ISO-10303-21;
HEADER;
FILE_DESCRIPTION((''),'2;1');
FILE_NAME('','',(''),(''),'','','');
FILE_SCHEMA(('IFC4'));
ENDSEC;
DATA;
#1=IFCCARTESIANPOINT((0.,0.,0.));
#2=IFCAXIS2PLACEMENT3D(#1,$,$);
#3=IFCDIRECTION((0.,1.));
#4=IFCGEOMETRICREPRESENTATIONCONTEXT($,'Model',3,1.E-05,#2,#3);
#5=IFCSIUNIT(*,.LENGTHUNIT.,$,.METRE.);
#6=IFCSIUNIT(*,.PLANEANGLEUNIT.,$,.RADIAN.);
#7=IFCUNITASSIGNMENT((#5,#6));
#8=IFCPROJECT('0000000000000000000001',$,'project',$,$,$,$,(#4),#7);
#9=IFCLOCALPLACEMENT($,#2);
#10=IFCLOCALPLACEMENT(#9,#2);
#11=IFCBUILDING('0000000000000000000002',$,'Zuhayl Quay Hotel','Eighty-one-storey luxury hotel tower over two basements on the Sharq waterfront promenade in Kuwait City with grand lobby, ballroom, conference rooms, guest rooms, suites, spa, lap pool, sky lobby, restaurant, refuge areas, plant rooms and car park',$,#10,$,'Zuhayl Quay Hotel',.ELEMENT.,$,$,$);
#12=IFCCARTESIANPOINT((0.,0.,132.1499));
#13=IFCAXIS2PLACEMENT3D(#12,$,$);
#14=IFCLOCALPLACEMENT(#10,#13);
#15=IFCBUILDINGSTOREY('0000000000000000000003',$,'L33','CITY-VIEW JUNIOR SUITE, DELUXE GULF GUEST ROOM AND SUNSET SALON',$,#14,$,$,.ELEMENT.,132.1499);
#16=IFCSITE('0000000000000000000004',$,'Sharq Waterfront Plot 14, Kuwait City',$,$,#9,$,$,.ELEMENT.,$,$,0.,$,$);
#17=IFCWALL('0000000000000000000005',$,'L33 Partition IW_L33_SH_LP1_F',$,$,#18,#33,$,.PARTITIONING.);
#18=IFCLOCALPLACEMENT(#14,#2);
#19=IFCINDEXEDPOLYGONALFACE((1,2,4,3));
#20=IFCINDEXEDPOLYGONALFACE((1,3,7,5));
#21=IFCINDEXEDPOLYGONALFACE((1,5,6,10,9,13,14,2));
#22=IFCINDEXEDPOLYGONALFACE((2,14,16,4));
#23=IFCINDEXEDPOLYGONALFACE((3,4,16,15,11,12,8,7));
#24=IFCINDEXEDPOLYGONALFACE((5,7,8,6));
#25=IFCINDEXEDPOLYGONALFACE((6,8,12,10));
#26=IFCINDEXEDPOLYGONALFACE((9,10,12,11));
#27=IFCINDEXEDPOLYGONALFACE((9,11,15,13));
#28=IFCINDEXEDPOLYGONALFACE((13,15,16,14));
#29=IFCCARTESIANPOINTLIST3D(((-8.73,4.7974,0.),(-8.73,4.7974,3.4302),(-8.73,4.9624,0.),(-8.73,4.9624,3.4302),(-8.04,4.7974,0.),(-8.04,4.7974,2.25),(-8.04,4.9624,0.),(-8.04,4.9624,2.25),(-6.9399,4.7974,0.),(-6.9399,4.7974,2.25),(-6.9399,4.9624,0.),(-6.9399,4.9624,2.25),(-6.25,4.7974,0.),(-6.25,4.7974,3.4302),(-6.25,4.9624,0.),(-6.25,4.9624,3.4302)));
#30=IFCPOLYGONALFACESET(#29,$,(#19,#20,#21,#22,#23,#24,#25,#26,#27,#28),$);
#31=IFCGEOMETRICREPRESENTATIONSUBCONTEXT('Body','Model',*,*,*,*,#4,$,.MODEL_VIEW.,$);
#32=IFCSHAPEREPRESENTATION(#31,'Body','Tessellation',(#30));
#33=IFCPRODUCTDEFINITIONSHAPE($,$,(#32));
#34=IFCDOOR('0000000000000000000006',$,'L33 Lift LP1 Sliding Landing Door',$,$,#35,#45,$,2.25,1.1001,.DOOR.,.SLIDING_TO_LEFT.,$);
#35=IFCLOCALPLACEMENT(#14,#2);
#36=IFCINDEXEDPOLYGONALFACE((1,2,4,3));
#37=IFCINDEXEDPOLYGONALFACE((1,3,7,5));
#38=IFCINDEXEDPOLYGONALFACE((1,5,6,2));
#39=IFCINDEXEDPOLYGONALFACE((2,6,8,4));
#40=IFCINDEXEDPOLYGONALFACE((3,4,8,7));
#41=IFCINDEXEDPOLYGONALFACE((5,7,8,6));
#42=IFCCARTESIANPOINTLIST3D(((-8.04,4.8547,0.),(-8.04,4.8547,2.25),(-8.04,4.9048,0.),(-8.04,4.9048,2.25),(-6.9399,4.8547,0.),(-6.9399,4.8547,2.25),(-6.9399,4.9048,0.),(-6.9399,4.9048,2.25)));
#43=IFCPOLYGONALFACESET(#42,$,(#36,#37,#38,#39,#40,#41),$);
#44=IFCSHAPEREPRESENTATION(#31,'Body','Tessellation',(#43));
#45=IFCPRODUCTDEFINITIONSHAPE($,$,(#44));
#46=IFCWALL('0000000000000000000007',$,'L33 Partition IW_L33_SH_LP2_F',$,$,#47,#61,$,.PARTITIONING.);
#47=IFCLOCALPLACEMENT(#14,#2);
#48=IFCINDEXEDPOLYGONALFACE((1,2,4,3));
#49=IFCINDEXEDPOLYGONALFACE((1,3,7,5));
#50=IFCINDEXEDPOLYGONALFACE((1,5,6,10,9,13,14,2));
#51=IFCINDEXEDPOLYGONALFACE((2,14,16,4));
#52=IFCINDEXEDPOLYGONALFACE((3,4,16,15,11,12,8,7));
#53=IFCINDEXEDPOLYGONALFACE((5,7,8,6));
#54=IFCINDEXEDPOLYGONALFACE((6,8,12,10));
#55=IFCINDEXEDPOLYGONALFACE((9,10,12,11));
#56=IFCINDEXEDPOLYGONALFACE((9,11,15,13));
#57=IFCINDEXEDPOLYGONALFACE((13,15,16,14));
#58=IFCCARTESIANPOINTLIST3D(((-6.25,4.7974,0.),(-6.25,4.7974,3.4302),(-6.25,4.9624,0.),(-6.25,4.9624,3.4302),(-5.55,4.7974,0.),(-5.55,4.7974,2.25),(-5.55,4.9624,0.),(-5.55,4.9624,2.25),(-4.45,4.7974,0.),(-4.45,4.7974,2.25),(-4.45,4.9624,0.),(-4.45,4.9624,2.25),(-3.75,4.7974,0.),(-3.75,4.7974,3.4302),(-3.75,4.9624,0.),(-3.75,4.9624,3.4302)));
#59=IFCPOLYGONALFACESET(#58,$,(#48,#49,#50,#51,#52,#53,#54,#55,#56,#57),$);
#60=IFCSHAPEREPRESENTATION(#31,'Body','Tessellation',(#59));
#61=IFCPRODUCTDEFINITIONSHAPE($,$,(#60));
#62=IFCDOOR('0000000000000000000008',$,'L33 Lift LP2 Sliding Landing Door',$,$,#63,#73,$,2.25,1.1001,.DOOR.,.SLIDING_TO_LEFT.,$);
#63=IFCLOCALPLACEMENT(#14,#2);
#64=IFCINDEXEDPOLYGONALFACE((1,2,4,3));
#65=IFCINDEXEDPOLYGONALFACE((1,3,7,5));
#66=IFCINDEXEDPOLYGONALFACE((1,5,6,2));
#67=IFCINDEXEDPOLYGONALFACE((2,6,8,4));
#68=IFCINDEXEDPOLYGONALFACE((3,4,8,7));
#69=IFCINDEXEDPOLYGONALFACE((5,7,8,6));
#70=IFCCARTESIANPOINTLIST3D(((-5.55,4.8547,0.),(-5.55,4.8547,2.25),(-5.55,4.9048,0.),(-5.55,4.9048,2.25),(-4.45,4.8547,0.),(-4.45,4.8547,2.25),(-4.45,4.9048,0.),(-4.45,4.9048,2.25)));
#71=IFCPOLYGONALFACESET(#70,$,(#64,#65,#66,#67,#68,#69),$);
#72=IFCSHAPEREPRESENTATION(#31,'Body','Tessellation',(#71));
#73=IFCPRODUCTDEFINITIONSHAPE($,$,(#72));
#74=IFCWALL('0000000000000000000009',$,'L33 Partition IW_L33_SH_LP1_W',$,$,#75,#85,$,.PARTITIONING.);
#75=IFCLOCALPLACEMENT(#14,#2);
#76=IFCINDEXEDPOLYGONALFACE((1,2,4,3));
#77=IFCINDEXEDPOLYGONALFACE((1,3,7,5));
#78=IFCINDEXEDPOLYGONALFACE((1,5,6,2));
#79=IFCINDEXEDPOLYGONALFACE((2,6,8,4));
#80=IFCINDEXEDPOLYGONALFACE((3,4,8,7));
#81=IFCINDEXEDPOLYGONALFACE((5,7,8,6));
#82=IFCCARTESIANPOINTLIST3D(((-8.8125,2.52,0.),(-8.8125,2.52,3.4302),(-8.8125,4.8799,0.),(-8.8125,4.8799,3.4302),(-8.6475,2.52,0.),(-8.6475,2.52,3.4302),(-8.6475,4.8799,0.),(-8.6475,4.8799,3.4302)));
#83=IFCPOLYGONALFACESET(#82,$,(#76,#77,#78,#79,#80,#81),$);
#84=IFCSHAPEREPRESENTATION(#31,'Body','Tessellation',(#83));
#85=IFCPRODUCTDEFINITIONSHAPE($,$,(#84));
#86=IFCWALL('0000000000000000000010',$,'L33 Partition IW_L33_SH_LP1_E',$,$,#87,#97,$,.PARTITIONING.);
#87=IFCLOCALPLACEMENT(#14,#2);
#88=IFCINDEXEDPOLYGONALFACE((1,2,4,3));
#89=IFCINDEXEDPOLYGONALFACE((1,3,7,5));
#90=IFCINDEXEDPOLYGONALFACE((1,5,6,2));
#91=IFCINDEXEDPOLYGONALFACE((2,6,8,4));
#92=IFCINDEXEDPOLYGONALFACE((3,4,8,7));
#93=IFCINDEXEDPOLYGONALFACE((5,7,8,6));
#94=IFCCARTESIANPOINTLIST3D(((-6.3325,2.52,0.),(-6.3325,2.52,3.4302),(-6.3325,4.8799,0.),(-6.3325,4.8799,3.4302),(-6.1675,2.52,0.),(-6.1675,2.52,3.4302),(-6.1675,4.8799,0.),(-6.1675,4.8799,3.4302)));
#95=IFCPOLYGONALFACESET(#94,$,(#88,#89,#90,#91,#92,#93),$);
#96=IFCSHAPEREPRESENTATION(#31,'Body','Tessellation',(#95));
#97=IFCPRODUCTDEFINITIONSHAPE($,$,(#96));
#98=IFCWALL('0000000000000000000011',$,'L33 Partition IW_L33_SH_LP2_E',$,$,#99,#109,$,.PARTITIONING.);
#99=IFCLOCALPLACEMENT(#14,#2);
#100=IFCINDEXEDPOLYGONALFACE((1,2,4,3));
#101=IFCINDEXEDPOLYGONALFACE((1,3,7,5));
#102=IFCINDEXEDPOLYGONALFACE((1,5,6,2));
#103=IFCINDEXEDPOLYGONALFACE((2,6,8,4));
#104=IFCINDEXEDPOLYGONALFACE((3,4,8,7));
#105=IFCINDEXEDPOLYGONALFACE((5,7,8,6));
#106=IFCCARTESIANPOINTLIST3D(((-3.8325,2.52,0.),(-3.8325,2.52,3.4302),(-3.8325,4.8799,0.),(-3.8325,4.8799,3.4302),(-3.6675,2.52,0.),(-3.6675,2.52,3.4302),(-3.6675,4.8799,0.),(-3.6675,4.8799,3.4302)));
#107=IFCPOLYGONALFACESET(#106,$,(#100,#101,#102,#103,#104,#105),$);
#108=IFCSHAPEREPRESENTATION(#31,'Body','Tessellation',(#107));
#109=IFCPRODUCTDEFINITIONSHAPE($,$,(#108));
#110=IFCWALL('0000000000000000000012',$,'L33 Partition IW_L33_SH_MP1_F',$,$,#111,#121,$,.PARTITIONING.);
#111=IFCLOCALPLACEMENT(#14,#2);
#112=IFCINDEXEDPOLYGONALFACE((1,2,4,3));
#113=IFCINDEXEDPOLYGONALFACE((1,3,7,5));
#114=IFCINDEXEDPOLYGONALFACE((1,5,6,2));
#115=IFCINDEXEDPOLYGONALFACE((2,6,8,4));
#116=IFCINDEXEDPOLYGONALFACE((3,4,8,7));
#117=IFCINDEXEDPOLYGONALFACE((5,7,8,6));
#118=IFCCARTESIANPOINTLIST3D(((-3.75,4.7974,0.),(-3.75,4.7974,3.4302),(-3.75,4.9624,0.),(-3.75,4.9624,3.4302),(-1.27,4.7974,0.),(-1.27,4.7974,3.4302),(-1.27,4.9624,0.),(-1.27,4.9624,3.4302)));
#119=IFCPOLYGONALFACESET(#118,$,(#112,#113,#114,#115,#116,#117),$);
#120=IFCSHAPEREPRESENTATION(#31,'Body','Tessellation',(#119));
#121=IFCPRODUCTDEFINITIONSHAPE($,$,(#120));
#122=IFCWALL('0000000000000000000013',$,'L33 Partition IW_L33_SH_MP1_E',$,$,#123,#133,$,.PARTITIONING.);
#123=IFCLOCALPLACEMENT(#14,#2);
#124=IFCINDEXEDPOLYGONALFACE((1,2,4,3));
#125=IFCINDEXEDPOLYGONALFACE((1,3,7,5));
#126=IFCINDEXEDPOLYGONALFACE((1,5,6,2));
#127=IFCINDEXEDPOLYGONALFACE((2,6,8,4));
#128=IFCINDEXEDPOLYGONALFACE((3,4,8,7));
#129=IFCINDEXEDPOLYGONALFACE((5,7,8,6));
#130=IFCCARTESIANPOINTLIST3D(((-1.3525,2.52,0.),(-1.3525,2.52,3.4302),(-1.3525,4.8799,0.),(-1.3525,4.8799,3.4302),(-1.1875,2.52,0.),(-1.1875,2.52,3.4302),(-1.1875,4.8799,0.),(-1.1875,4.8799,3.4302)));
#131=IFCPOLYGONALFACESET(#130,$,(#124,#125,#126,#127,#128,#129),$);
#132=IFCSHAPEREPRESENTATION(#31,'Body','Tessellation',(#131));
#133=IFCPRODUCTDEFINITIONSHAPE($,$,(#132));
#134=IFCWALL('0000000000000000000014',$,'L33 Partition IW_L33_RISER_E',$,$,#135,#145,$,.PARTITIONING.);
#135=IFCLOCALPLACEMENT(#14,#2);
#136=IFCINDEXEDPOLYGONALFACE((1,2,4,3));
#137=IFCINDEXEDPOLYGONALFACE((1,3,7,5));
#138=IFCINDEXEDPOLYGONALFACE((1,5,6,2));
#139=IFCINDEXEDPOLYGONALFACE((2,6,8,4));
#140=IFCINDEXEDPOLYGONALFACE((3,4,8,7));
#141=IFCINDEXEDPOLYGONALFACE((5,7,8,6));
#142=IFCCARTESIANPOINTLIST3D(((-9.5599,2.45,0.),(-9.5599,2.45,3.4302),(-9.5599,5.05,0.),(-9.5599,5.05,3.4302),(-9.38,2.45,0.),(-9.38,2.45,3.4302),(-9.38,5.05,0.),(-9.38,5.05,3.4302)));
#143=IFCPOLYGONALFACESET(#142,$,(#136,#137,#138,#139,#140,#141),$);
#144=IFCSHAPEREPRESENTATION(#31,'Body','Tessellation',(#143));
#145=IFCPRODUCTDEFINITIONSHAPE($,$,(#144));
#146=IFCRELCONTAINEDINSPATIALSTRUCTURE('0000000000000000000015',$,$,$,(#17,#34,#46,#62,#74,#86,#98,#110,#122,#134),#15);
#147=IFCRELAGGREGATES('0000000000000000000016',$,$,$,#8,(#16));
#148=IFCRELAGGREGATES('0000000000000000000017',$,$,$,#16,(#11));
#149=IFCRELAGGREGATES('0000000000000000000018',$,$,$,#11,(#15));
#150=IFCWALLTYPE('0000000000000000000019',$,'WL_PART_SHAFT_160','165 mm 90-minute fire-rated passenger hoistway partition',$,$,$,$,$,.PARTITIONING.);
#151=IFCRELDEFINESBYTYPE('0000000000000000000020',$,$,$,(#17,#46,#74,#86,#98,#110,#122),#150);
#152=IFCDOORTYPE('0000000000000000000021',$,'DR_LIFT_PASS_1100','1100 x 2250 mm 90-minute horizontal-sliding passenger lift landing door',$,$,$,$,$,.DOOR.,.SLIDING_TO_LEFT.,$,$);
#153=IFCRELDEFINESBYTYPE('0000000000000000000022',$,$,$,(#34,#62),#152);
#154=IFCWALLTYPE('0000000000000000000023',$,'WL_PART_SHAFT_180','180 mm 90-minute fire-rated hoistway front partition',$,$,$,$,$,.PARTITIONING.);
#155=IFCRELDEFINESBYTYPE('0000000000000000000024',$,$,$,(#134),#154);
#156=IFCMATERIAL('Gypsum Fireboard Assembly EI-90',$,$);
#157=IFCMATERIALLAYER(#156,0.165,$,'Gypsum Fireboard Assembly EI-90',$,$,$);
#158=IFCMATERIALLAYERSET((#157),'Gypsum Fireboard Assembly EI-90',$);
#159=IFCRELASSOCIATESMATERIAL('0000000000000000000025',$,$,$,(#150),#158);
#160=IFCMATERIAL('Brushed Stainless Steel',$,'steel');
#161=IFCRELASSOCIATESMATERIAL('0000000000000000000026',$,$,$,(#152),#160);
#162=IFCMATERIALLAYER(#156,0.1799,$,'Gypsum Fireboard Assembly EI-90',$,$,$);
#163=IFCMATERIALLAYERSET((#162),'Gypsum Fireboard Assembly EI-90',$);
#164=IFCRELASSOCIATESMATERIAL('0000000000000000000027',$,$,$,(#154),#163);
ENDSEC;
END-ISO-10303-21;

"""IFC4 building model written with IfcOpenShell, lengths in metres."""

from ifc_helpers import new_model, si_unit, direction, frame, frame_2d, origin, place, context, subcontext, project, spatial, rectangle, extrude, material, layer, layer_set, type_object, element, fill, save


model = new_model("IFC4")

# Units and contexts
model_context = context("Model", 3, precision=1e-05, world=origin(), true_north=direction((0.0, 1.0)))
body_context = subcontext(model_context, "Body", "Model", "MODEL_VIEW")
ifc_project = project(units=[si_unit("LENGTHUNIT", "METRE"), si_unit("PLANEANGLEUNIT", "RADIAN")], contexts=[model_context])

# Site, building, storey
site_placement = place(None, origin())
site = spatial("IfcSite", under=ifc_project, at=site_placement, Name="Sharq Waterfront Plot 14, Kuwait City", CompositionType="ELEMENT", RefElevation=0.0)
building_placement = place(site_placement, origin())
building = spatial("IfcBuilding", under=site, at=building_placement, Name="Zuhayl Quay Hotel", Description="Eighty-one-storey luxury hotel tower over two basements on the Sharq waterfront promenade in Kuwait City with grand lobby, ballroom, conference rooms, guest rooms, suites, spa, lap pool, sky lobby, restaurant, refuge areas, plant rooms and car park", LongName="Zuhayl Quay Hotel", CompositionType="ELEMENT")
storey_placement = place(building_placement, frame((0.0, 0.0, 132.1499)))
storey = spatial("IfcBuildingStorey", under=building, at=storey_placement, Name="L33", Description="CITY-VIEW JUNIOR SUITE, DELUXE GULF GUEST ROOM AND SUNSET SALON", CompositionType="ELEMENT", Elevation=132.1499)

# Walls, openings, doors
ifc_material_1 = material(Name="Gypsum Fireboard Assembly EI-90")
ifc_layer_1 = layer(ifc_material_1, 0.165, Name="Gypsum Fireboard Assembly EI-90")
ifc_layer_set_1 = layer_set([ifc_layer_1], Name="Gypsum Fireboard Assembly EI-90")
wall_type_1 = type_object("IfcWallType", Name="WL_PART_SHAFT_160", Description="165 mm 90-minute fire-rated passenger hoistway partition", PredefinedType="PARTITIONING", material=ifc_layer_set_1)
wall_1_placement = place(storey_placement, frame((-8.73, 4.8799, 0.0), z_axis=(0.0, 0.0, 1.0), x_axis=(1.0, 0.0, 0.0)))
wall_1 = element("IfcWall", 1, at=wall_1_placement, inside=storey, type_object=wall_type_1, Name="L33 Partition IW_L33_SH_LP1_F", PredefinedType="PARTITIONING", context=body_context, shape_type="SweptSolid", body=[
    extrude(rectangle(XDim=2.48, YDim=0.165, at=frame_2d((1.24, 0.0))), origin(), (0.0, 0.0, 1.0), 3.4302),
])
opening_1_placement = place(wall_1_placement, frame((0.6899, 0.0, 0.0)))
opening_1 = element("IfcOpeningElement", 2, at=opening_1_placement, cuts=wall_1, PredefinedType="OPENING", context=body_context, shape_type="SweptSolid", body=[
    extrude(rectangle(XDim=1.1001, YDim=2.25, at=frame_2d((0.55, 1.125))), frame((0.0, 0.0925, 0.0), z_axis=(0.0, -1.0, 0.0), x_axis=(1.0, 0.0, 0.0)), (0.0, 0.0, 1.0), 0.1851),
])
ifc_material_2 = material(Name="Brushed Stainless Steel", Category="steel")
door_type_1 = type_object("IfcDoorType", Name="DR_LIFT_PASS_1100", Description="1100 x 2250 mm 90-minute horizontal-sliding passenger lift landing door", OperationType="SLIDING_TO_LEFT", PredefinedType="DOOR", material=ifc_material_2)
door_1_placement = place(opening_1_placement, origin())
door_1 = element("IfcDoor", 3, at=door_1_placement, inside=storey, type_object=door_type_1, Name="L33 Lift LP1 Sliding Landing Door", OperationType="SLIDING_TO_LEFT", OverallHeight=2.25, OverallWidth=1.1001, PredefinedType="DOOR", context=body_context, shape_type="SweptSolid", body=[
    extrude(rectangle(XDim=1.1001, YDim=2.25, at=frame_2d((0.55, 1.125))), frame((0.0, 0.0249, 0.0), z_axis=(0.0, -1.0, 0.0), x_axis=(1.0, 0.0, 0.0)), (0.0, 0.0, 1.0), 0.05),
])
fill(opening_1, door_1)
wall_2_placement = place(storey_placement, frame((-6.25, 4.8799, 0.0), z_axis=(0.0, 0.0, 1.0), x_axis=(1.0, 0.0, 0.0)))
wall_2 = element("IfcWall", 4, at=wall_2_placement, inside=storey, type_object=wall_type_1, Name="L33 Partition IW_L33_SH_LP2_F", PredefinedType="PARTITIONING", context=body_context, shape_type="SweptSolid", body=[
    extrude(rectangle(XDim=2.5, YDim=0.165, at=frame_2d((1.25, 0.0))), origin(), (0.0, 0.0, 1.0), 3.4302),
])
opening_2_placement = place(wall_2_placement, frame((0.7, 0.0, 0.0)))
opening_2 = element("IfcOpeningElement", 5, at=opening_2_placement, cuts=wall_2, PredefinedType="OPENING", context=body_context, shape_type="SweptSolid", body=[
    extrude(rectangle(XDim=1.1001, YDim=2.25, at=frame_2d((0.55, 1.125))), frame((0.0, 0.0925, 0.0), z_axis=(0.0, -1.0, 0.0), x_axis=(1.0, 0.0, 0.0)), (0.0, 0.0, 1.0), 0.1851),
])
door_2_placement = place(opening_2_placement, origin())
door_2 = element("IfcDoor", 6, at=door_2_placement, inside=storey, type_object=door_type_1, Name="L33 Lift LP2 Sliding Landing Door", OperationType="SLIDING_TO_LEFT", OverallHeight=2.25, OverallWidth=1.1001, PredefinedType="DOOR", context=body_context, shape_type="SweptSolid", body=[
    extrude(rectangle(XDim=1.1001, YDim=2.25, at=frame_2d((0.55, 1.125))), frame((0.0, 0.0249, 0.0), z_axis=(0.0, -1.0, 0.0), x_axis=(1.0, 0.0, 0.0)), (0.0, 0.0, 1.0), 0.05),
])
fill(opening_2, door_2)

# Walls
for number, where, z_axis, x_axis, name in (
    (7, (-8.73, 2.52, 0.0), (0.0, 0.0, 1.0), (0.0, 1.0, 0.0), "L33 Partition IW_L33_SH_LP1_W"),
    (8, (-6.25, 2.52, 0.0), (0.0, 0.0, 1.0), (0.0, 1.0, 0.0), "L33 Partition IW_L33_SH_LP1_E"),
    (9, (-3.75, 2.52, 0.0), (0.0, 0.0, 1.0), (0.0, 1.0, 0.0), "L33 Partition IW_L33_SH_LP2_E"),
):
    element("IfcWall", number, at=place(storey_placement, frame(where, z_axis=z_axis, x_axis=x_axis)), inside=storey, type_object=wall_type_1, Name=name, PredefinedType="PARTITIONING", context=body_context, shape_type="SweptSolid", body=[
        extrude(rectangle(XDim=2.3599, YDim=0.165, at=frame_2d((1.1799, 0.0))), origin(), (0.0, 0.0, 1.0), 3.4302),
    ])
wall_3_placement = place(storey_placement, frame((-3.75, 4.8799, 0.0), z_axis=(0.0, 0.0, 1.0), x_axis=(1.0, 0.0, 0.0)))
element("IfcWall", 10, at=wall_3_placement, inside=storey, type_object=wall_type_1, Name="L33 Partition IW_L33_SH_MP1_F", PredefinedType="PARTITIONING", context=body_context, shape_type="SweptSolid", body=[
    extrude(rectangle(XDim=2.48, YDim=0.165, at=frame_2d((1.24, 0.0))), origin(), (0.0, 0.0, 1.0), 3.4302),
])
wall_4_placement = place(storey_placement, frame((-1.27, 2.52, 0.0), z_axis=(0.0, 0.0, 1.0), x_axis=(0.0, 1.0, 0.0)))
element("IfcWall", 11, at=wall_4_placement, inside=storey, type_object=wall_type_1, Name="L33 Partition IW_L33_SH_MP1_E", PredefinedType="PARTITIONING", context=body_context, shape_type="SweptSolid", body=[
    extrude(rectangle(XDim=2.3599, YDim=0.165, at=frame_2d((1.1799, 0.0))), origin(), (0.0, 0.0, 1.0), 3.4302),
])
ifc_layer_2 = layer(ifc_material_1, 0.1799, Name="Gypsum Fireboard Assembly EI-90")
ifc_layer_set_2 = layer_set([ifc_layer_2], Name="Gypsum Fireboard Assembly EI-90")
wall_type_2 = type_object("IfcWallType", Name="WL_PART_SHAFT_180", Description="180 mm 90-minute fire-rated hoistway front partition", PredefinedType="PARTITIONING", material=ifc_layer_set_2)
wall_5_placement = place(storey_placement, frame((-9.47, 2.45, 0.0), z_axis=(0.0, 0.0, 1.0), x_axis=(0.0, 1.0, 0.0)))
element("IfcWall", 12, at=wall_5_placement, inside=storey, type_object=wall_type_2, Name="L33 Partition IW_L33_RISER_E", PredefinedType="PARTITIONING", context=body_context, shape_type="SweptSolid", body=[
    extrude(rectangle(XDim=2.6001, YDim=0.1799, at=frame_2d((1.3, 0.0))), origin(), (0.0, 0.0, 1.0), 3.4302),
])

save(model, "model.ifc")
